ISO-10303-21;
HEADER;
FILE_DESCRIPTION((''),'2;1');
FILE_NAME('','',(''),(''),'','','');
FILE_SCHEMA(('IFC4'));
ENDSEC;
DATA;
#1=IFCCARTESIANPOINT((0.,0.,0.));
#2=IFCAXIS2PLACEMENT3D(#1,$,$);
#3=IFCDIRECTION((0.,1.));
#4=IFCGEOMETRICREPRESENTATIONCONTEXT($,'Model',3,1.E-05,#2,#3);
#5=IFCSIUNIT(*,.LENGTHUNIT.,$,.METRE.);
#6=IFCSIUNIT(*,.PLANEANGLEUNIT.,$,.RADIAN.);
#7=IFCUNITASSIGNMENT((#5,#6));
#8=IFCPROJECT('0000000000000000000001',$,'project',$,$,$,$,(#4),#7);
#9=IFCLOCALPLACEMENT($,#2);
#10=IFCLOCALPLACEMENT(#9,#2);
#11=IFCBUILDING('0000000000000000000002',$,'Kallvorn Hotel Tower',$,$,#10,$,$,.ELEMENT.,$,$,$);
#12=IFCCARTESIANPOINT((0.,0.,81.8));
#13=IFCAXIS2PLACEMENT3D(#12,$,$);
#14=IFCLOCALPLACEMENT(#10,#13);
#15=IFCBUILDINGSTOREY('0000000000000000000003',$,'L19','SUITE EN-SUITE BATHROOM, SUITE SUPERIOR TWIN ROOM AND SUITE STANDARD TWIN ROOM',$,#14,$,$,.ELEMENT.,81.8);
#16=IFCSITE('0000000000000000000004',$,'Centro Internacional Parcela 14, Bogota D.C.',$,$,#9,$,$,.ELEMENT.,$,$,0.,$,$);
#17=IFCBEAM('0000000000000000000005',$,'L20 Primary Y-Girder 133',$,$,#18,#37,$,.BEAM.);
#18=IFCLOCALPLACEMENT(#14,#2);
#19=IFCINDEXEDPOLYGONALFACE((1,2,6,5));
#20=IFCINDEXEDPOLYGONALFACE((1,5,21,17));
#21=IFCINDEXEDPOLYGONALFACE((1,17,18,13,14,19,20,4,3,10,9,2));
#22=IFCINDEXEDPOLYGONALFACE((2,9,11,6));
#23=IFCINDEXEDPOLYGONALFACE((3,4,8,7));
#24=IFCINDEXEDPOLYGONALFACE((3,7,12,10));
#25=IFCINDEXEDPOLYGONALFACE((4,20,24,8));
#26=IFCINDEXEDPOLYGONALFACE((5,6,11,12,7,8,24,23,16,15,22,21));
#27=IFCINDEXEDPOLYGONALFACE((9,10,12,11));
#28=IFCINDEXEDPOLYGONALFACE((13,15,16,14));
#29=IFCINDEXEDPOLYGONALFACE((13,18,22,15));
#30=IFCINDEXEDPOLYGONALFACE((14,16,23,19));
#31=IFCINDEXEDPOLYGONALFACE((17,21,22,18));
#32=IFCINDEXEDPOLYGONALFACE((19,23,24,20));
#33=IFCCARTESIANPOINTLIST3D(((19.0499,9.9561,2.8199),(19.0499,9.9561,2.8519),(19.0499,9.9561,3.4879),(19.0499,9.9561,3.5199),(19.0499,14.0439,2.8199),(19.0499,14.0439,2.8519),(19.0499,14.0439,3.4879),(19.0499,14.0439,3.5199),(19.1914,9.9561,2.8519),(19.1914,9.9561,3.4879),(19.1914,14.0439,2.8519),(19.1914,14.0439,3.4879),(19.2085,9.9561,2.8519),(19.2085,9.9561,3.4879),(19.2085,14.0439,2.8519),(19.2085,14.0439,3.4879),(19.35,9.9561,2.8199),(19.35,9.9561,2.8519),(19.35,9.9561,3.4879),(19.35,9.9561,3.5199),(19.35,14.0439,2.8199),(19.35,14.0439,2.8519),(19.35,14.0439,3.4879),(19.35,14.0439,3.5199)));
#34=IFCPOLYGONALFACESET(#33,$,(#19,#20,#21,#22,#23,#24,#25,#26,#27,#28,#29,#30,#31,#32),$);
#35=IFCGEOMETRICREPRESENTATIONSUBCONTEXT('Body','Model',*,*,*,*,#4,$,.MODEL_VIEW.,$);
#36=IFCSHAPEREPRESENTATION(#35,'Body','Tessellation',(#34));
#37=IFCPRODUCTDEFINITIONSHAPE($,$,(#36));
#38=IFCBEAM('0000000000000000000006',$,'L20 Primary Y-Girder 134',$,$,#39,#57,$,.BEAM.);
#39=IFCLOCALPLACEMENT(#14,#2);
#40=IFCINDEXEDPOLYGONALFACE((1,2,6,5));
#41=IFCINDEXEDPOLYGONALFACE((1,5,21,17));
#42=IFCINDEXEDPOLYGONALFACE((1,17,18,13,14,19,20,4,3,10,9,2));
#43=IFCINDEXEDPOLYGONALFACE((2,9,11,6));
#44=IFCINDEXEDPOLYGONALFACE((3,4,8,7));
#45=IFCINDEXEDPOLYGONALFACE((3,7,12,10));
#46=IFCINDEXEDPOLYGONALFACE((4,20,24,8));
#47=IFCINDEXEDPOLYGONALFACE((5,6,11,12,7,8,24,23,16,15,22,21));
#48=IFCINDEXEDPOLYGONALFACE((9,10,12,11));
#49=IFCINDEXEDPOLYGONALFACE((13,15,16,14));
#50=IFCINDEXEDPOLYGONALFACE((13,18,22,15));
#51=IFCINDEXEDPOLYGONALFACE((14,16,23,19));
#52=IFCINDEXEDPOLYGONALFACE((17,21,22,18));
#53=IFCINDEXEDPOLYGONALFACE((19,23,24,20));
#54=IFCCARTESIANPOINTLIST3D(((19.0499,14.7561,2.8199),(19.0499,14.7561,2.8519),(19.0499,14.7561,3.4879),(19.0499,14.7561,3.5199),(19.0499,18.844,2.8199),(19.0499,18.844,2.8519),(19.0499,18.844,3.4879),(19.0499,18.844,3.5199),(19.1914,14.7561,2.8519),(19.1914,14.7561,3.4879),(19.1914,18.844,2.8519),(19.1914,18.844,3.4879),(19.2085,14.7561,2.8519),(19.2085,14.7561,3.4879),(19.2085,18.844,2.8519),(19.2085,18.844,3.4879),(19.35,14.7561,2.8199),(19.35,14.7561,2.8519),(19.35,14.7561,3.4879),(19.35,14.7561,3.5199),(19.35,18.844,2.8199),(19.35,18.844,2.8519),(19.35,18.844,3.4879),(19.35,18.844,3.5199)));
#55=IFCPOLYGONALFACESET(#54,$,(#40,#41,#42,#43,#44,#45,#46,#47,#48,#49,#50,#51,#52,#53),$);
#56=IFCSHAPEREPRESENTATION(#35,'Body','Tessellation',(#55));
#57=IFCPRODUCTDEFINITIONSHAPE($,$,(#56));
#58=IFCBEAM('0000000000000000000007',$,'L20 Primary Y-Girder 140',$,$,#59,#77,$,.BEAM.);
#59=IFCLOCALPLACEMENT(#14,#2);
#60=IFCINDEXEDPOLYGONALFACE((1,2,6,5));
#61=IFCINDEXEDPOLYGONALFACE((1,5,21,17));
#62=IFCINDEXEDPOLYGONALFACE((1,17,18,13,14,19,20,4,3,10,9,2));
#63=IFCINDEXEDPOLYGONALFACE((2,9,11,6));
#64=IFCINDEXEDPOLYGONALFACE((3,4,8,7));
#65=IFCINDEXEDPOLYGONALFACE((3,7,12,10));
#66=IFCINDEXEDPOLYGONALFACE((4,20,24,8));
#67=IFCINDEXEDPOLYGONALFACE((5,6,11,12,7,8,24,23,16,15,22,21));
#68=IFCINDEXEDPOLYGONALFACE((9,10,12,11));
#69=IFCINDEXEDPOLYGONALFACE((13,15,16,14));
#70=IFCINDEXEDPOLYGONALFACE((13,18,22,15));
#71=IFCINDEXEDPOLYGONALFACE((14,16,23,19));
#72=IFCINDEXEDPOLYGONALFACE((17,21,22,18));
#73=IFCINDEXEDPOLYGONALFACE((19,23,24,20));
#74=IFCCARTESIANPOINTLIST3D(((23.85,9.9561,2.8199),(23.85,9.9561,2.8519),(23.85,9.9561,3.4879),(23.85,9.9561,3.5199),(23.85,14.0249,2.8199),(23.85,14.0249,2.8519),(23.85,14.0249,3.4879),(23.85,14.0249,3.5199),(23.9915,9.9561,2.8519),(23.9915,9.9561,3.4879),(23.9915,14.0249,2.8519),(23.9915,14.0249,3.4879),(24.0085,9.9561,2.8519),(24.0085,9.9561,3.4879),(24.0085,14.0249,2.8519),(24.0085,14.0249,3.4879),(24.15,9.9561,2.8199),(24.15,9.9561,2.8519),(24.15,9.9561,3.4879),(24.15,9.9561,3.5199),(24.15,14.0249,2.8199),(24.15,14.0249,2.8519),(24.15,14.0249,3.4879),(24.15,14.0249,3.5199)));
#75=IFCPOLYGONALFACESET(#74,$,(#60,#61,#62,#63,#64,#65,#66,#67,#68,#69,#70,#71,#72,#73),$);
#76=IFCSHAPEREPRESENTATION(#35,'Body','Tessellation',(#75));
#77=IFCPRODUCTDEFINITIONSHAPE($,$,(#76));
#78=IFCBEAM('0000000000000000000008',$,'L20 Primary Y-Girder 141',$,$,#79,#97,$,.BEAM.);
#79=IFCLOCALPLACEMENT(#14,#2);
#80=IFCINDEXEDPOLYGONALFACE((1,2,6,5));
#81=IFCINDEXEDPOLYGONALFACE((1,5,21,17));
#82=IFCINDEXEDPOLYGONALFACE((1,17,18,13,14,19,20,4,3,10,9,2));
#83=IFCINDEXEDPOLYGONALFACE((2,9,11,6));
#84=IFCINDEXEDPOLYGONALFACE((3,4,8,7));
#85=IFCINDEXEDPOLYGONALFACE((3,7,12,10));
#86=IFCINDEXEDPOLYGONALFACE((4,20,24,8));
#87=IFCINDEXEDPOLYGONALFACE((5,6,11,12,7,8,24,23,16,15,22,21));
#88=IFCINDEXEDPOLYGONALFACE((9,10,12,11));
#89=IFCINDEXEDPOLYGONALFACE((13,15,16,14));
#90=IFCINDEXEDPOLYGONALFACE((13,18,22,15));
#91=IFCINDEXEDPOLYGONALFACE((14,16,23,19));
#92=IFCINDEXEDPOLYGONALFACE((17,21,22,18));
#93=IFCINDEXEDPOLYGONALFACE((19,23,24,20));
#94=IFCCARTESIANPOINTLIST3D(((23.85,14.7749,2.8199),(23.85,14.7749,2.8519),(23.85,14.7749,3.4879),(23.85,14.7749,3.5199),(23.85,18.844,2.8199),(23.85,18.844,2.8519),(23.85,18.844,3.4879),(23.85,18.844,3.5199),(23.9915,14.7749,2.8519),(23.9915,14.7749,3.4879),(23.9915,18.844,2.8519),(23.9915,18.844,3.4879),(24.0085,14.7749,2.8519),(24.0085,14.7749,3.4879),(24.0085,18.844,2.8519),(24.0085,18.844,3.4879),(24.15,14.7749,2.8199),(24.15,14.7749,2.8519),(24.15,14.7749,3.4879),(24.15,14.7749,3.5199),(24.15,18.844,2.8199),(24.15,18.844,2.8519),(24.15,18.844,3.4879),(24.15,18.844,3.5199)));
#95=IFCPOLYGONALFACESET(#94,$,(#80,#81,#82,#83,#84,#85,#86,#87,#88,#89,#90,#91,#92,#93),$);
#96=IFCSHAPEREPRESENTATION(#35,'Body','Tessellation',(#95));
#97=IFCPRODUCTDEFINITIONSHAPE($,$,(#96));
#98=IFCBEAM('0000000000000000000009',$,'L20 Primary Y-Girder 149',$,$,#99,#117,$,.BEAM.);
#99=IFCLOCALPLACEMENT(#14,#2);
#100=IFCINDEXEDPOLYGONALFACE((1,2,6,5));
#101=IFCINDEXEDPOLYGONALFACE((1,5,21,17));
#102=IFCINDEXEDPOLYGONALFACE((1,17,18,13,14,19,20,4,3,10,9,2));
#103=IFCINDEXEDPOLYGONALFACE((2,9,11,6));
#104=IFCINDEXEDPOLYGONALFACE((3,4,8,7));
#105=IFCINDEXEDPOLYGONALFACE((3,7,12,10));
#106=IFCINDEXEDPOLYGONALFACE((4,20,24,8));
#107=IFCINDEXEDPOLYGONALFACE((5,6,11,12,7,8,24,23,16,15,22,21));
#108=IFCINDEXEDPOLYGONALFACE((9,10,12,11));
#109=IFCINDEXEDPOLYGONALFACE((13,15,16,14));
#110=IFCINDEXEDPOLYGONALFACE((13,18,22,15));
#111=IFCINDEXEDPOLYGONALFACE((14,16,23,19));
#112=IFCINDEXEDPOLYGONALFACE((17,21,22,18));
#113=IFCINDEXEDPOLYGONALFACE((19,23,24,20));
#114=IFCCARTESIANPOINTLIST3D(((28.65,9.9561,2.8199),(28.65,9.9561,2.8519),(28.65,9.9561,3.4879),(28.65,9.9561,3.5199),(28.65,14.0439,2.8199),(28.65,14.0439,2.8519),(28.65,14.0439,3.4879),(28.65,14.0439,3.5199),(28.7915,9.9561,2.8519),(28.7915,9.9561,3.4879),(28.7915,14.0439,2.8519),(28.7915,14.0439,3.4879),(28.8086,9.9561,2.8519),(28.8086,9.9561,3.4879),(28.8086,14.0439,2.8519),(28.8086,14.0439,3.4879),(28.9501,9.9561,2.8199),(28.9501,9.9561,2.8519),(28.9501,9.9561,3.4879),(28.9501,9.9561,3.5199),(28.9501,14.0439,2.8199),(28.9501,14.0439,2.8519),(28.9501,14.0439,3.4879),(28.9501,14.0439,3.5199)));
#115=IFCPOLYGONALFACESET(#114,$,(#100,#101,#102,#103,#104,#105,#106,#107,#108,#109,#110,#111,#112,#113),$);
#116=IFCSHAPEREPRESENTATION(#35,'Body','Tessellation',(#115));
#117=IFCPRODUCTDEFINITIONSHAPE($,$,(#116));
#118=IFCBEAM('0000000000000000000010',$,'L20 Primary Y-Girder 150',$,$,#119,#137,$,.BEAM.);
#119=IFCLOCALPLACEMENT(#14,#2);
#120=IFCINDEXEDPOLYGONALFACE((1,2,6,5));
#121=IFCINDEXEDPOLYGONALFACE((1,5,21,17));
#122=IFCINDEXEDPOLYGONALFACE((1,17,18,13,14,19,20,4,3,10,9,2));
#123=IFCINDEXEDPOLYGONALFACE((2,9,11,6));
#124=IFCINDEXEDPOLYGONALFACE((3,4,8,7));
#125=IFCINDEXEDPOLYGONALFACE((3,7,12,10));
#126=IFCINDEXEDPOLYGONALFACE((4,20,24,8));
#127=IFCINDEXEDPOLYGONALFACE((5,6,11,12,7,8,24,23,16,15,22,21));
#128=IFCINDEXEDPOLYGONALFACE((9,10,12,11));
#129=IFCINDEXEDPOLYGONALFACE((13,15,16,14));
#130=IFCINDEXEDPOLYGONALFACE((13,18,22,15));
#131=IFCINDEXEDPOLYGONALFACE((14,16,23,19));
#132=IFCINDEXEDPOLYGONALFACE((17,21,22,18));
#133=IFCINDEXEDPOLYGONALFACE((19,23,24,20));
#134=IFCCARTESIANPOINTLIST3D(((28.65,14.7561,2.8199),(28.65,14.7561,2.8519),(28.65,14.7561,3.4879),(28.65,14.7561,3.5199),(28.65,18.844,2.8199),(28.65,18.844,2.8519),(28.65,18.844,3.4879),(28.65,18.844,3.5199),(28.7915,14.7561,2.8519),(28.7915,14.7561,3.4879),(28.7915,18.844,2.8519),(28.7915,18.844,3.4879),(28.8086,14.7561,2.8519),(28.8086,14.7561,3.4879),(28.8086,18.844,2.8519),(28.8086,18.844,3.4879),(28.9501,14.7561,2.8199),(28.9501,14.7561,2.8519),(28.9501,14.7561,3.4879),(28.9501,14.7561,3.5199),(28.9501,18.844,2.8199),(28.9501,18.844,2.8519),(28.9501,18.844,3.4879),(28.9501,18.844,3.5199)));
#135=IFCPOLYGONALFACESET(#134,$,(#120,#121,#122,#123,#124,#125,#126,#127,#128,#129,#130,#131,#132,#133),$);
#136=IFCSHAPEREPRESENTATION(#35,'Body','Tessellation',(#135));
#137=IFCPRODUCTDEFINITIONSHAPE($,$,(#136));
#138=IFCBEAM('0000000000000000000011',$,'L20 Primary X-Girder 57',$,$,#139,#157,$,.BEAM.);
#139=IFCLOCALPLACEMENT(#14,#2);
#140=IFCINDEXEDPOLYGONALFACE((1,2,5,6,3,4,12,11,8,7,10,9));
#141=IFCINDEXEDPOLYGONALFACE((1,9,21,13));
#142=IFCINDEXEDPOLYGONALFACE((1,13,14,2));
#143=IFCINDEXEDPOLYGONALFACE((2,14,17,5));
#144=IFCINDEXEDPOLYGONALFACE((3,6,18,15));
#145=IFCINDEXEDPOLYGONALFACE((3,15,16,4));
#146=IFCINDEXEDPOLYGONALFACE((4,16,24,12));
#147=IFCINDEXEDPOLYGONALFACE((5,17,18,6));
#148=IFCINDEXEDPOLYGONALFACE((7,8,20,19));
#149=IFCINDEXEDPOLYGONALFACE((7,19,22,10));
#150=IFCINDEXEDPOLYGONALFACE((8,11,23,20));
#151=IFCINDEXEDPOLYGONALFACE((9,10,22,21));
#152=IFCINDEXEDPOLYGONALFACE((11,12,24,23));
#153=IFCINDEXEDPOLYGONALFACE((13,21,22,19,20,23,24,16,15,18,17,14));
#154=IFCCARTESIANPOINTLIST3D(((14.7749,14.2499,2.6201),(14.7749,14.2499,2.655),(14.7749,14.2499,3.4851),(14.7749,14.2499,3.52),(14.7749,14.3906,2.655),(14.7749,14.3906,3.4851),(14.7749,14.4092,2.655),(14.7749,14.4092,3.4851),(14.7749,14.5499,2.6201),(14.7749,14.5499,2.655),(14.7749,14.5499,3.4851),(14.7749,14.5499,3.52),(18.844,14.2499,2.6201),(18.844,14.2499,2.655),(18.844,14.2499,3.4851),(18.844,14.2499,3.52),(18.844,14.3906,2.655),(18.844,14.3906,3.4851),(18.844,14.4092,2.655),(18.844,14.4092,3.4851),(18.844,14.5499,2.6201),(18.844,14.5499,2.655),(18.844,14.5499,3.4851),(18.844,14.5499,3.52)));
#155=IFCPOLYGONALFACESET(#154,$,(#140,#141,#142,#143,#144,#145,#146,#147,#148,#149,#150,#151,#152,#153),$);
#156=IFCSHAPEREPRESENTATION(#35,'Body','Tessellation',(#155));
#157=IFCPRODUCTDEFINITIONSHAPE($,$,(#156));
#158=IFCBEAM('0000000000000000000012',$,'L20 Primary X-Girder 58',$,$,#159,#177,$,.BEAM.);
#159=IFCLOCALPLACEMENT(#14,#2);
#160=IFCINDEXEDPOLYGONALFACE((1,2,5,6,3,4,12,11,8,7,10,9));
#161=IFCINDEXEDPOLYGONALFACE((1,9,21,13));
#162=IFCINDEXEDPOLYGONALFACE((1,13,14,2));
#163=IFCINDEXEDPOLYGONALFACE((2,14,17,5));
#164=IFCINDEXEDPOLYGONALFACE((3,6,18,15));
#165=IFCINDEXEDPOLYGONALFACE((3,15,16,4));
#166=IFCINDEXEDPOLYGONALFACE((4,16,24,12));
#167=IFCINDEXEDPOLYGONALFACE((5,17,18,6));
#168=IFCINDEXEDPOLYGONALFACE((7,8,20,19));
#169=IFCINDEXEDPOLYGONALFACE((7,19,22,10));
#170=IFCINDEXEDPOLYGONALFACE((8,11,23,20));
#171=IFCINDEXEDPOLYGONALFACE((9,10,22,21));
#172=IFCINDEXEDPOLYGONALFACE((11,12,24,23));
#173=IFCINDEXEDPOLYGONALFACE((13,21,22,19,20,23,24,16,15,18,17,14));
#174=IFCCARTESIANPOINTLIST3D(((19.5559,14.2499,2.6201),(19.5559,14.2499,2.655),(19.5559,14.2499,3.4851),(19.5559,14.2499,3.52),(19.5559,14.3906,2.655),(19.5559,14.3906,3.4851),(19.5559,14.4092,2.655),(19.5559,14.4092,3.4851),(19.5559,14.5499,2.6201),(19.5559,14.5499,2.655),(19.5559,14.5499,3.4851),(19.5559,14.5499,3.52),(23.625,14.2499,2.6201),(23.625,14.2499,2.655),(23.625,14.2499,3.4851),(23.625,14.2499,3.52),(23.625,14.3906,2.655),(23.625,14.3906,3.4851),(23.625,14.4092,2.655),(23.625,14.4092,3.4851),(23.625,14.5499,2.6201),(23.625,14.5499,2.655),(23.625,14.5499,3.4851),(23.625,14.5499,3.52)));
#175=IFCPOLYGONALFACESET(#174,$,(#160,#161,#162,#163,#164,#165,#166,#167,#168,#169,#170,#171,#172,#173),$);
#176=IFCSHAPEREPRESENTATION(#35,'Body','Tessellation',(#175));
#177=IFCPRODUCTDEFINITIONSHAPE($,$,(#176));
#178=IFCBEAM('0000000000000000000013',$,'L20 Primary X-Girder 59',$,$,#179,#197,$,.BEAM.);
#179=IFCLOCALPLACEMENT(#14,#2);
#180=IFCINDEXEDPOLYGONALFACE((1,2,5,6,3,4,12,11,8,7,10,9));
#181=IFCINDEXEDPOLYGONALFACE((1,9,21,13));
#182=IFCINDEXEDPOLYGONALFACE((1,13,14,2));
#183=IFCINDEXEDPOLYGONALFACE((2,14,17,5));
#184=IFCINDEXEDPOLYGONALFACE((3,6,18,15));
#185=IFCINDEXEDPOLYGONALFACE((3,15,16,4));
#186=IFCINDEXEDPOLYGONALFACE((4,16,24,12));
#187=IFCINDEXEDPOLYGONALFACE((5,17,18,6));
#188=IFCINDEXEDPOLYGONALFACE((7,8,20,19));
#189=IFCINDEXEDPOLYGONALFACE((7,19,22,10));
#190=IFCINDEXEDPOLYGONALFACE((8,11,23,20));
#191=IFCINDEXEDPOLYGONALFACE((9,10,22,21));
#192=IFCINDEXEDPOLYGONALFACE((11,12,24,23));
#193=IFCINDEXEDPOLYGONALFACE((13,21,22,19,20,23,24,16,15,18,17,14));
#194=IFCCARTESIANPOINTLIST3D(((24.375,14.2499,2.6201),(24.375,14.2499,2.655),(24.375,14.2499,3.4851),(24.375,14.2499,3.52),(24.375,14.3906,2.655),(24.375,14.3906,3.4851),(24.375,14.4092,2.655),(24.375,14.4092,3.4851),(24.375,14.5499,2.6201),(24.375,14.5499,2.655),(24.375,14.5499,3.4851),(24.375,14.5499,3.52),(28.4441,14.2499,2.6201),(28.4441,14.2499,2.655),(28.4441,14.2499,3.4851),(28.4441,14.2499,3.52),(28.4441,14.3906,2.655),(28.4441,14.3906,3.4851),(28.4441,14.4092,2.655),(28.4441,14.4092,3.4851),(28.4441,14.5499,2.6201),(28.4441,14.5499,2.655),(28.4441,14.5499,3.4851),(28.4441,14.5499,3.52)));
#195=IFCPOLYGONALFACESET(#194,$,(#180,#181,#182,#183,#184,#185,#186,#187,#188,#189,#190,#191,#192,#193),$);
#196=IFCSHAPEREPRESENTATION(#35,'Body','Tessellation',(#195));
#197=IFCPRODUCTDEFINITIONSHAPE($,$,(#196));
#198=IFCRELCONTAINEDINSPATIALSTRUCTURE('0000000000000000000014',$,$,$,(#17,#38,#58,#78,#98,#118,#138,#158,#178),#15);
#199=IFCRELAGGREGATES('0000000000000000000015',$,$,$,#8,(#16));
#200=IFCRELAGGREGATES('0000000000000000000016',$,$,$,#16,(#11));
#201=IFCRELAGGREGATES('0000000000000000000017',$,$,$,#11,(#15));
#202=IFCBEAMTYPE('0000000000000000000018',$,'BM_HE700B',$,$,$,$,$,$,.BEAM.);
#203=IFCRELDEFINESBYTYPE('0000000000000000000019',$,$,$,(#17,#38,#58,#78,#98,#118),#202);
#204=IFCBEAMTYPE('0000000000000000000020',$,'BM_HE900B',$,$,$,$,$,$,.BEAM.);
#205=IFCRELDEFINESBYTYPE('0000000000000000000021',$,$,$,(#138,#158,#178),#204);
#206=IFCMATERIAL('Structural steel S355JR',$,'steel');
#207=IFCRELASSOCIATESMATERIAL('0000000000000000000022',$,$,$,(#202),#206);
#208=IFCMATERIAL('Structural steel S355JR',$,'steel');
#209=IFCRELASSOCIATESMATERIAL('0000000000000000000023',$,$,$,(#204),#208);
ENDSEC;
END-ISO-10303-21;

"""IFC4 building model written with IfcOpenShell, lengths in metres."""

from ifc_helpers import new_model, si_unit, direction, frame, origin, origin_2d, place, context, subcontext, project, spatial, i_section, extrude, material, material_profile, profile_set, type_object, element, save


model = new_model("IFC4")

# Units and contexts
model_context = context("Model", 3, precision=1e-05, world=origin(), true_north=direction((0.0, 1.0)))
body_context = subcontext(model_context, "Body", "Model", "MODEL_VIEW")
ifc_project = project(units=[si_unit("LENGTHUNIT", "METRE"), si_unit("PLANEANGLEUNIT", "RADIAN")], contexts=[model_context])

# Site, building, storey
site_placement = place(None, origin())
site = spatial("IfcSite", under=ifc_project, at=site_placement, Name="Centro Internacional Parcela 14, Bogota D.C.", CompositionType="ELEMENT", RefElevation=0.0)
building_placement = place(site_placement, origin())
building = spatial("IfcBuilding", under=site, at=building_placement, Name="Kallvorn Hotel Tower", CompositionType="ELEMENT")
storey_placement = place(building_placement, frame((0.0, 0.0, 81.8)))
storey = spatial("IfcBuildingStorey", under=building, at=storey_placement, Name="L19", Description="SUITE EN-SUITE BATHROOM, SUITE SUPERIOR TWIN ROOM AND SUITE STANDARD TWIN ROOM", CompositionType="ELEMENT", Elevation=81.8)

# Beams
ifc_material_1 = material(Name="Structural steel S355JR", Category="steel")
ifc_material_profile_1 = material_profile(ifc_material_1, i_section(OverallWidth=0.3, OverallDepth=0.7, WebThickness=0.0171, FlangeThickness=0.032, at=origin_2d()), Name="HE 700 B")
ifc_profile_set_1 = profile_set([ifc_material_profile_1], Name="Structural steel S355JR")
beam_type_1 = type_object("IfcBeamType", Name="BM_HE700B", PredefinedType="BEAM", material=ifc_profile_set_1)
for number, where, z_axis, x_axis, name in (
    (1, (19.2, 9.9561, 3.1699), (0.0, 1.0, 0.0), (-1.0, 0.0, 0.0), "L20 Primary Y-Girder 133"),
    (2, (19.2, 14.7561, 3.1699), (0.0, 1.0, 0.0), (-1.0, 0.0, 0.0), "L20 Primary Y-Girder 134"),
):
    element("IfcBeam", number, at=place(storey_placement, frame(where, z_axis=z_axis, x_axis=x_axis)), inside=storey, type_object=beam_type_1, Name=name, PredefinedType="BEAM", context=body_context, shape_type="SweptSolid", body=[
        extrude(i_section(OverallWidth=0.3, OverallDepth=0.7, WebThickness=0.0171, FlangeThickness=0.032, at=origin_2d()), origin(), (0.0, 0.0, 1.0), 4.0879),
    ])
beam_1_placement = place(storey_placement, frame((24.0, 9.9561, 3.1699), z_axis=(0.0, 1.0, 0.0), x_axis=(-1.0, 0.0, 0.0)))
element("IfcBeam", 3, at=beam_1_placement, inside=storey, type_object=beam_type_1, Name="L20 Primary Y-Girder 140", PredefinedType="BEAM", context=body_context, shape_type="SweptSolid", body=[
    extrude(i_section(OverallWidth=0.3, OverallDepth=0.7, WebThickness=0.0171, FlangeThickness=0.032, at=origin_2d()), origin(), (0.0, 0.0, 1.0), 4.0688),
])
beam_2_placement = place(storey_placement, frame((24.0, 14.7749, 3.1699), z_axis=(0.0, 1.0, 0.0), x_axis=(-1.0, 0.0, 0.0)))
element("IfcBeam", 4, at=beam_2_placement, inside=storey, type_object=beam_type_1, Name="L20 Primary Y-Girder 141", PredefinedType="BEAM", context=body_context, shape_type="SweptSolid", body=[
    extrude(i_section(OverallWidth=0.3, OverallDepth=0.7, WebThickness=0.0171, FlangeThickness=0.032, at=origin_2d()), origin(), (0.0, 0.0, 1.0), 4.0691),
])
for number, where, z_axis, x_axis, name in (
    (5, (28.8, 9.9561, 3.1699), (0.0, 1.0, 0.0), (-1.0, 0.0, 0.0), "L20 Primary Y-Girder 149"),
    (6, (28.8, 14.7561, 3.1699), (0.0, 1.0, 0.0), (-1.0, 0.0, 0.0), "L20 Primary Y-Girder 150"),
):
    element("IfcBeam", number, at=place(storey_placement, frame(where, z_axis=z_axis, x_axis=x_axis)), inside=storey, type_object=beam_type_1, Name=name, PredefinedType="BEAM", context=body_context, shape_type="SweptSolid", body=[
        extrude(i_section(OverallWidth=0.3, OverallDepth=0.7, WebThickness=0.0171, FlangeThickness=0.032, at=origin_2d()), origin(), (0.0, 0.0, 1.0), 4.0879),
    ])
ifc_material_2 = material(Name="Structural steel S355JR", Category="steel")
ifc_material_profile_2 = material_profile(ifc_material_2, i_section(OverallWidth=0.3, OverallDepth=0.8999, WebThickness=0.0186, FlangeThickness=0.0349, at=origin_2d()), Name="HE 900 B")
ifc_profile_set_2 = profile_set([ifc_material_profile_2], Name="Structural steel S355JR")
beam_type_2 = type_object("IfcBeamType", Name="BM_HE900B", PredefinedType="BEAM", material=ifc_profile_set_2)
for number, where, z_axis, x_axis, name in (
    (7, (14.7749, 14.3999, 3.0701), (1.0, 0.0, 0.0), (0.0, 1.0, 0.0), "L20 Primary X-Girder 57"),
    (8, (19.5559, 14.3999, 3.0701), (1.0, 0.0, 0.0), (0.0, 1.0, 0.0), "L20 Primary X-Girder 58"),
    (9, (24.375, 14.3999, 3.0701), (1.0, 0.0, 0.0), (0.0, 1.0, 0.0), "L20 Primary X-Girder 59"),
):
    element("IfcBeam", number, at=place(storey_placement, frame(where, z_axis=z_axis, x_axis=x_axis)), inside=storey, type_object=beam_type_2, Name=name, PredefinedType="BEAM", context=body_context, shape_type="SweptSolid", body=[
        extrude(i_section(OverallWidth=0.3, OverallDepth=0.8999, WebThickness=0.0186, FlangeThickness=0.0349, at=origin_2d()), origin(), (0.0, 0.0, 1.0), 4.0691),
    ])

save(model, "model.ifc")
